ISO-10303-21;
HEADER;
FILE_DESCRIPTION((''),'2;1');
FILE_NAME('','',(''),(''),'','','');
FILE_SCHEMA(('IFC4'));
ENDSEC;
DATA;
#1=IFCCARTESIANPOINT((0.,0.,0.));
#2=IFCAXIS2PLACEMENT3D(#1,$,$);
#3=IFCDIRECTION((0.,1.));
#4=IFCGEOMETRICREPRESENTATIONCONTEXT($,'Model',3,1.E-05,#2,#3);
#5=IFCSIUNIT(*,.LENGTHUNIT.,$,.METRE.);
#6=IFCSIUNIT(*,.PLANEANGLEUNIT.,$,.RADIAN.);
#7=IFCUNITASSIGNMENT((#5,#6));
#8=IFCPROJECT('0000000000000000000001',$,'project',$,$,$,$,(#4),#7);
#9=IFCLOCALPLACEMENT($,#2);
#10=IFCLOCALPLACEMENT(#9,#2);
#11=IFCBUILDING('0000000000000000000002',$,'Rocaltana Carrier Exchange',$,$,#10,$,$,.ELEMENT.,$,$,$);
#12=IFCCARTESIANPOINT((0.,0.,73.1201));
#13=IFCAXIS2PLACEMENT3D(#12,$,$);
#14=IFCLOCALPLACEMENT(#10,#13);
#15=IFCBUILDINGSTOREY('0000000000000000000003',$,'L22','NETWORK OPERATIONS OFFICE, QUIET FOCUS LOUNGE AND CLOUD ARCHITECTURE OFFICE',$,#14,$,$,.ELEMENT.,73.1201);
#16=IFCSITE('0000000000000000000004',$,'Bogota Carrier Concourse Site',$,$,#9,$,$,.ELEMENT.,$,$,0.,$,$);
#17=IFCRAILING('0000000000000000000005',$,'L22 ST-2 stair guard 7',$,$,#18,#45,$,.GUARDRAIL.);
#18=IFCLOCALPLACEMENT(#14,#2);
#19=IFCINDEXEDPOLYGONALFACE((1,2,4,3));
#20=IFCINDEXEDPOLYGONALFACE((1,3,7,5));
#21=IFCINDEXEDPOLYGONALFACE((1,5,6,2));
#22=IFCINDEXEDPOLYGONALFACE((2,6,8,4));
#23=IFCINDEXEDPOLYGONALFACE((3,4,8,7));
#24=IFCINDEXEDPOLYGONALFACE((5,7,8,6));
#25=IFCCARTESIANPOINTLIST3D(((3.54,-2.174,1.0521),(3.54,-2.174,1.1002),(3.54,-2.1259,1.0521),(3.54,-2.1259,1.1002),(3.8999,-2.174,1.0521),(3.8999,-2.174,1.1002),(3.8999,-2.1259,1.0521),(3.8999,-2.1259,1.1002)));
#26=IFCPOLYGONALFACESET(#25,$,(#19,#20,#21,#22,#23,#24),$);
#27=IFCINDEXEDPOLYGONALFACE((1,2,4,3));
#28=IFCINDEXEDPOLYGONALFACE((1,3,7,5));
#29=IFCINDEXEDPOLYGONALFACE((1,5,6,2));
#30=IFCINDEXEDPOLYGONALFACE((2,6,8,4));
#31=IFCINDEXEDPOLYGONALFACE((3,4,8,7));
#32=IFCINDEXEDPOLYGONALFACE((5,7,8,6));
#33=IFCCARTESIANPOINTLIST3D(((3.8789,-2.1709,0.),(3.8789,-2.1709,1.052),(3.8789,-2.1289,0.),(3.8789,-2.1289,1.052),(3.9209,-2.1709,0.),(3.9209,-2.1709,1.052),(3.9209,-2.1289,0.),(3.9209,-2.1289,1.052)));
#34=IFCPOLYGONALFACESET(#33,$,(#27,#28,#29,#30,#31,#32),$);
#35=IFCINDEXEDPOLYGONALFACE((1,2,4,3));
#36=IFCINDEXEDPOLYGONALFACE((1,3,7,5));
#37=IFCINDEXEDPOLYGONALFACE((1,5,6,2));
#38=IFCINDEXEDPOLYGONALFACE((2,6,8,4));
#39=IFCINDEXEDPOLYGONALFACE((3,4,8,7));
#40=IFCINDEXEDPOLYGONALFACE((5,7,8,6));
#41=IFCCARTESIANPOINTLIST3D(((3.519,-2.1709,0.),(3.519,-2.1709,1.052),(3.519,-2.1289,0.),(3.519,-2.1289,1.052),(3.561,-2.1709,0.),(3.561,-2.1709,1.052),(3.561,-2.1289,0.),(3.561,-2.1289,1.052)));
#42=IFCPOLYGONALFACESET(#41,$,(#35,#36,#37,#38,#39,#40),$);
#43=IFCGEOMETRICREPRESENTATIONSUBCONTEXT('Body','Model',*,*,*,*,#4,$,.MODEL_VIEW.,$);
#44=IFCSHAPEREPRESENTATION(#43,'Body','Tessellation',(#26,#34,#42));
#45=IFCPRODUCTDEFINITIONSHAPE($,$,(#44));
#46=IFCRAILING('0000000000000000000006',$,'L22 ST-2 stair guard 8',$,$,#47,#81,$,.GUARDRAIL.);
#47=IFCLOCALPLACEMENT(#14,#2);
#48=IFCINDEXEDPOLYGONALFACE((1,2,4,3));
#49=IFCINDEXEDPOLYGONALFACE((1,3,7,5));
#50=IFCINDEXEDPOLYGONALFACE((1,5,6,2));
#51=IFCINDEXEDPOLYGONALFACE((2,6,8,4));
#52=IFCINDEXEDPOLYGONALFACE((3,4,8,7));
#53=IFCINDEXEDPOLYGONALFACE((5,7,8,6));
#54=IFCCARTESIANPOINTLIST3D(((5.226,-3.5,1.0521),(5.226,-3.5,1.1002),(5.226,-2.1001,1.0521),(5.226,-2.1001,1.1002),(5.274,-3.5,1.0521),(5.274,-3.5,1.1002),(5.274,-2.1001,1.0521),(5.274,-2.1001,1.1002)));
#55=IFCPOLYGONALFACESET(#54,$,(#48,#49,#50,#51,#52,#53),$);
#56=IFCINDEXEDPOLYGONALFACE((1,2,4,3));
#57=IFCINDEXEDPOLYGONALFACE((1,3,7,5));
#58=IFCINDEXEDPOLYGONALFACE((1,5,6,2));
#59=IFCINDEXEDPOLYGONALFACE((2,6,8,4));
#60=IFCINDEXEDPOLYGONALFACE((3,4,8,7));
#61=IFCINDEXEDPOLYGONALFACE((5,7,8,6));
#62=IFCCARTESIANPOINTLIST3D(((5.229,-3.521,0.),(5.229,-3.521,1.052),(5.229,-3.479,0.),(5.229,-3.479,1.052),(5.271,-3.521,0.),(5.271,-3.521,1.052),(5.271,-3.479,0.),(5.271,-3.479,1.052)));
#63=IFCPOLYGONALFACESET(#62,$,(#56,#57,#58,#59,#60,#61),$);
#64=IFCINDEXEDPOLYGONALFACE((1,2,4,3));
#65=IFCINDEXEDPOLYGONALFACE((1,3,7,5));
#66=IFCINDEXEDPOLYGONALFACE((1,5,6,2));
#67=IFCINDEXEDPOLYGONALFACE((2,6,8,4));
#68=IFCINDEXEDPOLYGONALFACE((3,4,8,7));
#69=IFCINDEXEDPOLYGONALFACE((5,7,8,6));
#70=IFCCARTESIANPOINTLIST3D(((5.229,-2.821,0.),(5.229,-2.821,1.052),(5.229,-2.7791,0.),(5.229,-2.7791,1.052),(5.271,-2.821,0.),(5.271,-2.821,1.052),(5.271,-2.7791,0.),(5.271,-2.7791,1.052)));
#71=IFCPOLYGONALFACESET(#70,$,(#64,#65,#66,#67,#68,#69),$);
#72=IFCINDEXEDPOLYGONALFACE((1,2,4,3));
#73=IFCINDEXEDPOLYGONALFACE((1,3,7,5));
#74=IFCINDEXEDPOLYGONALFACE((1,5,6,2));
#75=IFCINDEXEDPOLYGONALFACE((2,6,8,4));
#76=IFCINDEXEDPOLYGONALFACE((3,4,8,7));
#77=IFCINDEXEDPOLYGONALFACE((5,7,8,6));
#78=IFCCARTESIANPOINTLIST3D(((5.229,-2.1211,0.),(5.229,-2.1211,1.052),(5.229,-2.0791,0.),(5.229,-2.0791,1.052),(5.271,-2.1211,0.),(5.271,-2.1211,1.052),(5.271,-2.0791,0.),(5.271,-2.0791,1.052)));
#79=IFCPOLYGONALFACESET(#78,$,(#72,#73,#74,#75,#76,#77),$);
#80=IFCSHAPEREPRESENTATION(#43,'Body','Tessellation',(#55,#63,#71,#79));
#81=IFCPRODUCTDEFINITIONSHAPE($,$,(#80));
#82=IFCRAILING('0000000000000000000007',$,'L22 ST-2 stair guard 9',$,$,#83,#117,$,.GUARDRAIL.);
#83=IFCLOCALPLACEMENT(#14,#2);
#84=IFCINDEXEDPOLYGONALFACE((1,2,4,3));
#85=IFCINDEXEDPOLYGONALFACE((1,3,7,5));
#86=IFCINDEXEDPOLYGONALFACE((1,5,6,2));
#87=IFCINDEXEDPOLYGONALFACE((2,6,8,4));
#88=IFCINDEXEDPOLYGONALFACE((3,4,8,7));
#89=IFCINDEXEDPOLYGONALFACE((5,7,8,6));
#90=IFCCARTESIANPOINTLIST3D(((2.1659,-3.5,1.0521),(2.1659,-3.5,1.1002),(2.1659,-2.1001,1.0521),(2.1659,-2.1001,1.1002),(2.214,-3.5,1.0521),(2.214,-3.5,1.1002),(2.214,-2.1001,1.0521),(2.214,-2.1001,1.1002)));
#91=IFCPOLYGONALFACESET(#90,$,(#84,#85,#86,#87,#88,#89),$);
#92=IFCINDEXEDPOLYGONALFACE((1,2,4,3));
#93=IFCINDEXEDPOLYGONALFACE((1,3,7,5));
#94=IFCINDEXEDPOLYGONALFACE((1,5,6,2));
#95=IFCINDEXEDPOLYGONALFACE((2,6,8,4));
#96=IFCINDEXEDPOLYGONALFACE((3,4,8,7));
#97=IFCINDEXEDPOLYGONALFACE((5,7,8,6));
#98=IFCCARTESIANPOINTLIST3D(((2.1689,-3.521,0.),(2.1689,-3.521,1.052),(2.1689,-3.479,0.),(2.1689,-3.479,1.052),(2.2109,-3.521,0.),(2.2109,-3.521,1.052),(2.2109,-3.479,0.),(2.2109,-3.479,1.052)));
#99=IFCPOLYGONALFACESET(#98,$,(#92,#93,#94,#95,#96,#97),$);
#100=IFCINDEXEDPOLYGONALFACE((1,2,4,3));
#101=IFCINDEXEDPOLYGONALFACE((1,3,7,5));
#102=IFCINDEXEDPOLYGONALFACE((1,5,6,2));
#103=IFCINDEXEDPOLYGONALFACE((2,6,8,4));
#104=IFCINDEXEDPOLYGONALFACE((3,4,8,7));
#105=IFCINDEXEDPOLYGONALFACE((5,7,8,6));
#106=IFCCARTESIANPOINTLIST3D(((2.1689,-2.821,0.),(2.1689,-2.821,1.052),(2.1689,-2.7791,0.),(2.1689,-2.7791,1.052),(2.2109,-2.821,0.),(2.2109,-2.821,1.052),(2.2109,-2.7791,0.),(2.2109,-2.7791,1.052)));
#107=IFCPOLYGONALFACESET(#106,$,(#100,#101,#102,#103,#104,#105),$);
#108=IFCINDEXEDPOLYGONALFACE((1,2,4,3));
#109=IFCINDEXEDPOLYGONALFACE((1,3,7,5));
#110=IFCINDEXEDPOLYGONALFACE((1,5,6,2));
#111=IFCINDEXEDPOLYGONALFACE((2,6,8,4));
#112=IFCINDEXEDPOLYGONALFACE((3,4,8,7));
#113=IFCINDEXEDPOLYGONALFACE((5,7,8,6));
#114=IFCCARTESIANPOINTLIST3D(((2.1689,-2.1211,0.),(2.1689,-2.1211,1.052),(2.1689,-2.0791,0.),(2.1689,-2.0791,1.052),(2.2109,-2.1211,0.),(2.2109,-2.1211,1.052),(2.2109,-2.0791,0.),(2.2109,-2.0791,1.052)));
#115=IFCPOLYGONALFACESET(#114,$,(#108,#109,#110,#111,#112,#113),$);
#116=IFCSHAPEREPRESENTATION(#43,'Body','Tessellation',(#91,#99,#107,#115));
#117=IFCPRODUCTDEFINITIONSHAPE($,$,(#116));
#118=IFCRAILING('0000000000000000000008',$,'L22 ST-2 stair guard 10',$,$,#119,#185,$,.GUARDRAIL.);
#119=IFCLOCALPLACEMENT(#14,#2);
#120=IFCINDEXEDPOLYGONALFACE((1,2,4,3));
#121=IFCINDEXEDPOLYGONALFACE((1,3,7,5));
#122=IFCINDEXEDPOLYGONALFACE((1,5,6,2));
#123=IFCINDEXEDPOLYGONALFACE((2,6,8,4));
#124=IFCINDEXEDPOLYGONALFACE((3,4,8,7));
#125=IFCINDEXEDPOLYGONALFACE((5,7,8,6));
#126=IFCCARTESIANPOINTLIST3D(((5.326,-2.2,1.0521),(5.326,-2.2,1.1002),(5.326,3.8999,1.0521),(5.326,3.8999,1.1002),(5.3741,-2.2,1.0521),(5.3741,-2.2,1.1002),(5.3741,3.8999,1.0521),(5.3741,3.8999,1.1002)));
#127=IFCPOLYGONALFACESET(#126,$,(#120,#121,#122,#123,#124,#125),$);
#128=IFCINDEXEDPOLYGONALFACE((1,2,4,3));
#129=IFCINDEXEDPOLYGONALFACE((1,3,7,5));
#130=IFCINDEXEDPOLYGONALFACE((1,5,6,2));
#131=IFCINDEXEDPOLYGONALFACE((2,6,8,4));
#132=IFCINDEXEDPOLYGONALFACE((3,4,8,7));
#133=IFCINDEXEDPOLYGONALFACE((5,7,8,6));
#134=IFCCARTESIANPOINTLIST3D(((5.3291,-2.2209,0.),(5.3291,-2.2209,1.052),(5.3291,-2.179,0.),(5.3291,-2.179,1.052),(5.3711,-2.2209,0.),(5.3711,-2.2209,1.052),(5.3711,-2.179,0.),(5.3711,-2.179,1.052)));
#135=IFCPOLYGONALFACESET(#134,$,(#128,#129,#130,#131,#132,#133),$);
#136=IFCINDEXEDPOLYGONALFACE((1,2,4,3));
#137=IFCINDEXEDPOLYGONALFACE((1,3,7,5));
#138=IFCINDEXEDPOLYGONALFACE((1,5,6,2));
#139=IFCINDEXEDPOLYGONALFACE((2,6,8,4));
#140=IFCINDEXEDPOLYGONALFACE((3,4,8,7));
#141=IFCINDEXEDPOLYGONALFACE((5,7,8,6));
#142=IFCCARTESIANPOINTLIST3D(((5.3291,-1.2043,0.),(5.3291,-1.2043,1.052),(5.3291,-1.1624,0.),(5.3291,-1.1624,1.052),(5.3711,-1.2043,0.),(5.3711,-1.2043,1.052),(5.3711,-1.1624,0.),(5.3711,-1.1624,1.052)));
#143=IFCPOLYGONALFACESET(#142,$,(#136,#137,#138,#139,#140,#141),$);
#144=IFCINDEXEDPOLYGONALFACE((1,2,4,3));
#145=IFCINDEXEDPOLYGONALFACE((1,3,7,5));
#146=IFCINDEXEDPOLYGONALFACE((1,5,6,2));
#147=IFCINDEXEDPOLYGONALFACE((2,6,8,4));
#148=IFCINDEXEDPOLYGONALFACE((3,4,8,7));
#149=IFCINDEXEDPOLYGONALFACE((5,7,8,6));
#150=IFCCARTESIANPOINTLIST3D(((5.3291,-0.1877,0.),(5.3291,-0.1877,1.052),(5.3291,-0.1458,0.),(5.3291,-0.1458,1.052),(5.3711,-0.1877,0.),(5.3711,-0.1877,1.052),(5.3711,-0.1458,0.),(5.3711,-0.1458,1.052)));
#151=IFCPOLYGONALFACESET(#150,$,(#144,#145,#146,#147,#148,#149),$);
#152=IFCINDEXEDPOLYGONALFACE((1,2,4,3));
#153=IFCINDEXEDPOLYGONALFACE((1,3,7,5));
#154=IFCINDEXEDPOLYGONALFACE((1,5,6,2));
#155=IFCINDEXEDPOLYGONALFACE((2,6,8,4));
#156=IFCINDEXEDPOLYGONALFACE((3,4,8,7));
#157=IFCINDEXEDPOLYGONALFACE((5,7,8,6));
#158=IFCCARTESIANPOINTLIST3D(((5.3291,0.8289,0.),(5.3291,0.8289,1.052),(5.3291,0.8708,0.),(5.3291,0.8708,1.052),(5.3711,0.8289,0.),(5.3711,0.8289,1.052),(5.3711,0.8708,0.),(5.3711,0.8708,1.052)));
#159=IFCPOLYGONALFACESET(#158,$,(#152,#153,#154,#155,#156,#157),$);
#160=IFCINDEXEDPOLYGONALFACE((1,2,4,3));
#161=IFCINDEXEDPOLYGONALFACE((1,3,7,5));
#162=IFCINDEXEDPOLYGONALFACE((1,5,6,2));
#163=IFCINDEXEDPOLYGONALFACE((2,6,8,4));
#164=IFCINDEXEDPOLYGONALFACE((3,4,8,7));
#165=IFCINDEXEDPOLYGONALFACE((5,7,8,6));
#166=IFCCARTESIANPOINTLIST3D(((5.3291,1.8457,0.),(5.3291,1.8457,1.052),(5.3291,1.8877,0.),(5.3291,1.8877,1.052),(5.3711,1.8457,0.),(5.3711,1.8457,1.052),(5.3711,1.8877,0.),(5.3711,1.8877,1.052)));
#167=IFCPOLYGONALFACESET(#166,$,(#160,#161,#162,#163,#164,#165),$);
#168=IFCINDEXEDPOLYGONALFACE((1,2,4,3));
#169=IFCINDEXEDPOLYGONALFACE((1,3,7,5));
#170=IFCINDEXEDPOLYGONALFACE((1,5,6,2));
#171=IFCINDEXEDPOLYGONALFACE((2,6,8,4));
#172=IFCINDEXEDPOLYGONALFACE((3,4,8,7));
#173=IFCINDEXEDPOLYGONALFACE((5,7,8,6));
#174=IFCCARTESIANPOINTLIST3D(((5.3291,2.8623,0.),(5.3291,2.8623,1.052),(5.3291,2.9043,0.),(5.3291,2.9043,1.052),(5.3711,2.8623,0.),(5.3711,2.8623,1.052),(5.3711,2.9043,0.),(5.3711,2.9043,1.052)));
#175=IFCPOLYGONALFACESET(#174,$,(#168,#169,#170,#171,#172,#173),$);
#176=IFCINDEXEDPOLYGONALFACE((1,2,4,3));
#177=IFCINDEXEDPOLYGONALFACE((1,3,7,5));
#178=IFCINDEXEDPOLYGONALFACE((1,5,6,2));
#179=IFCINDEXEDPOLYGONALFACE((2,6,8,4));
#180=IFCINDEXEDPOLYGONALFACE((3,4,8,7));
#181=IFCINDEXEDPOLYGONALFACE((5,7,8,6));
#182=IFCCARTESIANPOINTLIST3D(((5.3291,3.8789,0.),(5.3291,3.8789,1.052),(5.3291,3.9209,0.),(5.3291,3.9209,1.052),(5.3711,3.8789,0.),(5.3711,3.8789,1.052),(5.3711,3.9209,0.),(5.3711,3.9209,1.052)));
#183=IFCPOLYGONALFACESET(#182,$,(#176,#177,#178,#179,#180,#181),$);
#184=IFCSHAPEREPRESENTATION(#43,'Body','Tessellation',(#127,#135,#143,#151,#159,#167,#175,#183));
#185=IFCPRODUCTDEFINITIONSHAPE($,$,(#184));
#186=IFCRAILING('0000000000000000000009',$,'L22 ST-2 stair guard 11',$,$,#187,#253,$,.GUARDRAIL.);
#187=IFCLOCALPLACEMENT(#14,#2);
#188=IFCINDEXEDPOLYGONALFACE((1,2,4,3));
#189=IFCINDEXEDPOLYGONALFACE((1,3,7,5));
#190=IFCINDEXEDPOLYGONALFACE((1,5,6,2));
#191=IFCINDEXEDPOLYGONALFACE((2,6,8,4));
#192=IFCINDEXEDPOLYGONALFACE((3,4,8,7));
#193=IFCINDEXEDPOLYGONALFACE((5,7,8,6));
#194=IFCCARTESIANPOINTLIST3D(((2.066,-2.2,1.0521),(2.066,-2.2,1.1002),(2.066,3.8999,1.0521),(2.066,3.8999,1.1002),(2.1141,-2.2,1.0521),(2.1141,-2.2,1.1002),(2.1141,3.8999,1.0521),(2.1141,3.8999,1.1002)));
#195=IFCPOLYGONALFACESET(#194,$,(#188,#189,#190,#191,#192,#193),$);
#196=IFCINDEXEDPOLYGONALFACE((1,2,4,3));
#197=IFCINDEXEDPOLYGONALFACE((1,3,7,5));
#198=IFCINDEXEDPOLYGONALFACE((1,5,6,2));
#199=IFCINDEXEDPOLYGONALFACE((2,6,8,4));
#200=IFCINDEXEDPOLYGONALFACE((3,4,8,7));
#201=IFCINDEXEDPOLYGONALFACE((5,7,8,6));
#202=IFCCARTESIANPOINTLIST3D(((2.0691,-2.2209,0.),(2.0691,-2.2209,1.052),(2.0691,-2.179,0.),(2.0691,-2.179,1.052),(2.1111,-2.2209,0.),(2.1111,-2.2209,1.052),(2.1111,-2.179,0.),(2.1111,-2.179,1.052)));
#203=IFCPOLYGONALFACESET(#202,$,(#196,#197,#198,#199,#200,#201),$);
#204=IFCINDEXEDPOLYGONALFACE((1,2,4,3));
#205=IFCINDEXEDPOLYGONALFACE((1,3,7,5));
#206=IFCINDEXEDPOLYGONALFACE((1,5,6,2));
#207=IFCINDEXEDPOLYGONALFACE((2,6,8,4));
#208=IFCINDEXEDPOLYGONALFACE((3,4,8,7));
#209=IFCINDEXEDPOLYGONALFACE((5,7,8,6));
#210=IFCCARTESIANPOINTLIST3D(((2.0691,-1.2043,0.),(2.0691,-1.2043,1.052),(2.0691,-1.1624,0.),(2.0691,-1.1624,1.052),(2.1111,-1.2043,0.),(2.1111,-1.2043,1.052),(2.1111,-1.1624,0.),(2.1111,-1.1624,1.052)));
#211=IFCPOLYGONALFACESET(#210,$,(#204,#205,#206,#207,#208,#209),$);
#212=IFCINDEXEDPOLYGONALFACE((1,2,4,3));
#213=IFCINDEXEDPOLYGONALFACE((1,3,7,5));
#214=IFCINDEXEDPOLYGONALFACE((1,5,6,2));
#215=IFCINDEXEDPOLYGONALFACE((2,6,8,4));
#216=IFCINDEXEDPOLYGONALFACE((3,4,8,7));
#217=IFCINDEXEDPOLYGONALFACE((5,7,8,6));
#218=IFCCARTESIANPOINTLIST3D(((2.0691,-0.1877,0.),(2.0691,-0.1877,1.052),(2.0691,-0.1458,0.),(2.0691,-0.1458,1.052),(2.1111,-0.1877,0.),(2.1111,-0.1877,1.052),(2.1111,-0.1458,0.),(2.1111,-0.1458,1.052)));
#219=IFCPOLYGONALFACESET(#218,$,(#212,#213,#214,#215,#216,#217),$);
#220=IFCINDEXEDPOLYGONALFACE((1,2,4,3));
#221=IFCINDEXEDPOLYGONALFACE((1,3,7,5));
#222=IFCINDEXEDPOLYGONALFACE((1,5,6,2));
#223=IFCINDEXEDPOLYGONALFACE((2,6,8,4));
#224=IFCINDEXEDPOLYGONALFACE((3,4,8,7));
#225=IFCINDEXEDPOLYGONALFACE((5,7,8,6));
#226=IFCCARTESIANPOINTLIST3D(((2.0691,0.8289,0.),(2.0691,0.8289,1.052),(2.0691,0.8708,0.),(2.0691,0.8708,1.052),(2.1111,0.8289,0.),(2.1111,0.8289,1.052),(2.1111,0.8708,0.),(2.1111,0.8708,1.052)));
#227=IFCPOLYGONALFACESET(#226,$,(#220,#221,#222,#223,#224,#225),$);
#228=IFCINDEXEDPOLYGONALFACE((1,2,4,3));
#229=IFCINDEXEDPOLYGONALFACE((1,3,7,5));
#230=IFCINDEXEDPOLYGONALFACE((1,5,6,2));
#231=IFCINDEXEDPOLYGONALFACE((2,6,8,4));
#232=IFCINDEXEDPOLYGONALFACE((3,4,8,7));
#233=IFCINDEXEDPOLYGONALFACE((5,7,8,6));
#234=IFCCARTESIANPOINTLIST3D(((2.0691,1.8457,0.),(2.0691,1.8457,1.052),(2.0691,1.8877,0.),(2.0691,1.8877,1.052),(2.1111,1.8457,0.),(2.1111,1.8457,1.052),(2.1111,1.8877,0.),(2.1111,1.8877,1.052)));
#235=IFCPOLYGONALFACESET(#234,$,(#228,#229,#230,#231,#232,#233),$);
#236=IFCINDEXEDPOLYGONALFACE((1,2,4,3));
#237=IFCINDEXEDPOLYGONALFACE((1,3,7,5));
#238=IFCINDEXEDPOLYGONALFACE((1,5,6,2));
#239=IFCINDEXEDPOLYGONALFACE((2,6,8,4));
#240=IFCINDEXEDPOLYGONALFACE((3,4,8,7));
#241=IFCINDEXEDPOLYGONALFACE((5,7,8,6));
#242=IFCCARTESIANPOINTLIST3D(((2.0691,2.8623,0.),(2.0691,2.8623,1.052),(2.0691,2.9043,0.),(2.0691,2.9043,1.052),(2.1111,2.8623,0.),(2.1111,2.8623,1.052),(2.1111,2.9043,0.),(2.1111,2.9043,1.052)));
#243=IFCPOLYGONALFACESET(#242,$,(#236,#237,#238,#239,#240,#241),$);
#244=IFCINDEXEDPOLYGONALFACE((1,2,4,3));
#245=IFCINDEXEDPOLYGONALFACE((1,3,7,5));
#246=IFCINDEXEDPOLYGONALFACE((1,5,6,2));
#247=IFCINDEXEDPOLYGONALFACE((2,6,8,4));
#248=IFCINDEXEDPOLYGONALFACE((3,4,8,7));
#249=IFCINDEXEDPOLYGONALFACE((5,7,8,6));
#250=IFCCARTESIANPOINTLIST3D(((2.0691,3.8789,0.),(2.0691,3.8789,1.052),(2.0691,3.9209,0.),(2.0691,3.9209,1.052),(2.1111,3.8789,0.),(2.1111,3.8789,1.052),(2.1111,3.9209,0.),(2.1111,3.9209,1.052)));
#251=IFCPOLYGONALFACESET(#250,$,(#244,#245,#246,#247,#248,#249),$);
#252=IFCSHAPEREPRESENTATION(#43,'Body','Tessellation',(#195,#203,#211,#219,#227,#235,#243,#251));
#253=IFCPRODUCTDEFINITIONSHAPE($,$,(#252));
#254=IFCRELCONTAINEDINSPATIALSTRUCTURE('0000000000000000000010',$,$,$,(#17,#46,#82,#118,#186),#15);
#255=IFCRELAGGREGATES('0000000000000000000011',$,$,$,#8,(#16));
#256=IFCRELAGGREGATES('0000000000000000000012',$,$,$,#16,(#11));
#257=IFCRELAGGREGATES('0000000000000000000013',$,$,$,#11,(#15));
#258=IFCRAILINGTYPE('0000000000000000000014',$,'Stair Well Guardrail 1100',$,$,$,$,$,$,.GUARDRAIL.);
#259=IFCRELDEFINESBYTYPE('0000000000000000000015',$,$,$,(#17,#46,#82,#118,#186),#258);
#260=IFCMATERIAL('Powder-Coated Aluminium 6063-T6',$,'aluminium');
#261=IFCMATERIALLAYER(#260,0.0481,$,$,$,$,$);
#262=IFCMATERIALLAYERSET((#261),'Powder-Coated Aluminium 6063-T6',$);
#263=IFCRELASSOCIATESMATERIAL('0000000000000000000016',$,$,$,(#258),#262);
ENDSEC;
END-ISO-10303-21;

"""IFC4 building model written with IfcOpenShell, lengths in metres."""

from ifc_helpers import new_model, si_unit, direction, frame, origin, origin_2d, place, context, subcontext, project, spatial, rectangle, extrude, material, layer, layer_set, type_object, element, save


model = new_model("IFC4")

# Units and contexts
model_context = context("Model", 3, precision=1e-05, world=origin(), true_north=direction((0.0, 1.0)))
body_context = subcontext(model_context, "Body", "Model", "MODEL_VIEW")
ifc_project = project(units=[si_unit("LENGTHUNIT", "METRE"), si_unit("PLANEANGLEUNIT", "RADIAN")], contexts=[model_context])

# Site, building, storey
site_placement = place(None, origin())
site = spatial("IfcSite", under=ifc_project, at=site_placement, Name="Bogota Carrier Concourse Site", CompositionType="ELEMENT", RefElevation=0.0)
building_placement = place(site_placement, origin())
building = spatial("IfcBuilding", under=site, at=building_placement, Name="Rocaltana Carrier Exchange", CompositionType="ELEMENT")
storey_placement = place(building_placement, frame((0.0, 0.0, 73.1201)))
storey = spatial("IfcBuildingStorey", under=building, at=storey_placement, Name="L22", Description="NETWORK OPERATIONS OFFICE, QUIET FOCUS LOUNGE AND CLOUD ARCHITECTURE OFFICE", CompositionType="ELEMENT", Elevation=73.1201)

# Railings
ifc_material_1 = material(Name="Powder-Coated Aluminium 6063-T6", Category="aluminium")
ifc_layer_1 = layer(ifc_material_1, 0.0481)
ifc_layer_set_1 = layer_set([ifc_layer_1], Name="Powder-Coated Aluminium 6063-T6")
railing_type_1 = type_object("IfcRailingType", Name="Stair Well Guardrail 1100", PredefinedType="GUARDRAIL", material=ifc_layer_set_1)
railing_1_placement = place(storey_placement, frame((3.8999, -2.1499, 0.0)))
element("IfcRailing", 1, at=railing_1_placement, inside=storey, type_object=railing_type_1, Name="L22 ST-2 stair guard 7", PredefinedType="GUARDRAIL", context=body_context, shape_type="SweptSolid", body=[
    extrude(rectangle(XDim=0.0481, YDim=0.0481, at=origin_2d()), frame((0.0, 0.0, 1.0762), z_axis=(-1.0, 0.0, 0.0), x_axis=(0.0, -1.0, 0.0)), (0.0, 0.0, 1.0), 0.3599),
    extrude(rectangle(XDim=0.042, YDim=0.042, at=origin_2d()), origin(), (0.0, 0.0, 1.0), 1.052),
    extrude(rectangle(XDim=0.042, YDim=0.042, at=origin_2d()), frame((-0.3599, 0.0, 0.0)), (0.0, 0.0, 1.0), 1.052),
])
for number, where, name in (
    (2, (5.25, -3.5, 0.0), "L22 ST-2 stair guard 8"),
    (3, (2.1899, -3.5, 0.0), "L22 ST-2 stair guard 9"),
):
    element("IfcRailing", number, at=place(storey_placement, frame(where)), inside=storey, type_object=railing_type_1, Name=name, PredefinedType="GUARDRAIL", context=body_context, shape_type="SweptSolid", body=[
        extrude(rectangle(XDim=0.0481, YDim=0.0481, at=origin_2d()), frame((0.0, 0.0, 1.0762), z_axis=(0.0, 1.0, 0.0), x_axis=(-1.0, 0.0, 0.0)), (0.0, 0.0, 1.0), 1.3999),
        extrude(rectangle(XDim=0.042, YDim=0.042, at=origin_2d()), origin(), (0.0, 0.0, 1.0), 1.052),
        extrude(rectangle(XDim=0.042, YDim=0.042, at=origin_2d()), frame((0.0, 0.7, 0.0)), (0.0, 0.0, 1.0), 1.052),
        extrude(rectangle(XDim=0.042, YDim=0.042, at=origin_2d()), frame((0.0, 1.3999, 0.0)), (0.0, 0.0, 1.0), 1.052),
    ])
for number, where, name in (
    (4, (5.3501, -2.2, 0.0), "L22 ST-2 stair guard 10"),
    (5, (2.0901, -2.2, 0.0), "L22 ST-2 stair guard 11"),
):
    element("IfcRailing", number, at=place(storey_placement, frame(where)), inside=storey, type_object=railing_type_1, Name=name, PredefinedType="GUARDRAIL", context=body_context, shape_type="SweptSolid", body=[
        extrude(rectangle(XDim=0.0481, YDim=0.0481, at=origin_2d()), frame((0.0, 0.0, 1.0762), z_axis=(0.0, 1.0, 0.0), x_axis=(-1.0, 0.0, 0.0)), (0.0, 0.0, 1.0), 6.0999),
        extrude(rectangle(XDim=0.042, YDim=0.042, at=origin_2d()), origin(), (0.0, 0.0, 1.0), 1.052),
        extrude(rectangle(XDim=0.042, YDim=0.042, at=origin_2d()), frame((0.0, 1.0166, 0.0)), (0.0, 0.0, 1.0), 1.052),
        extrude(rectangle(XDim=0.042, YDim=0.042, at=origin_2d()), frame((0.0, 2.0332, 0.0)), (0.0, 0.0, 1.0), 1.052),
        extrude(rectangle(XDim=0.042, YDim=0.042, at=origin_2d()), frame((0.0, 3.0498, 0.0)), (0.0, 0.0, 1.0), 1.052),
        extrude(rectangle(XDim=0.042, YDim=0.042, at=origin_2d()), frame((0.0, 4.0667, 0.0)), (0.0, 0.0, 1.0), 1.052),
        extrude(rectangle(XDim=0.042, YDim=0.042, at=origin_2d()), frame((0.0, 5.0833, 0.0)), (0.0, 0.0, 1.0), 1.052),
        extrude(rectangle(XDim=0.042, YDim=0.042, at=origin_2d()), frame((0.0, 6.0999, 0.0)), (0.0, 0.0, 1.0), 1.052),
    ])

save(model, "model.ifc")
